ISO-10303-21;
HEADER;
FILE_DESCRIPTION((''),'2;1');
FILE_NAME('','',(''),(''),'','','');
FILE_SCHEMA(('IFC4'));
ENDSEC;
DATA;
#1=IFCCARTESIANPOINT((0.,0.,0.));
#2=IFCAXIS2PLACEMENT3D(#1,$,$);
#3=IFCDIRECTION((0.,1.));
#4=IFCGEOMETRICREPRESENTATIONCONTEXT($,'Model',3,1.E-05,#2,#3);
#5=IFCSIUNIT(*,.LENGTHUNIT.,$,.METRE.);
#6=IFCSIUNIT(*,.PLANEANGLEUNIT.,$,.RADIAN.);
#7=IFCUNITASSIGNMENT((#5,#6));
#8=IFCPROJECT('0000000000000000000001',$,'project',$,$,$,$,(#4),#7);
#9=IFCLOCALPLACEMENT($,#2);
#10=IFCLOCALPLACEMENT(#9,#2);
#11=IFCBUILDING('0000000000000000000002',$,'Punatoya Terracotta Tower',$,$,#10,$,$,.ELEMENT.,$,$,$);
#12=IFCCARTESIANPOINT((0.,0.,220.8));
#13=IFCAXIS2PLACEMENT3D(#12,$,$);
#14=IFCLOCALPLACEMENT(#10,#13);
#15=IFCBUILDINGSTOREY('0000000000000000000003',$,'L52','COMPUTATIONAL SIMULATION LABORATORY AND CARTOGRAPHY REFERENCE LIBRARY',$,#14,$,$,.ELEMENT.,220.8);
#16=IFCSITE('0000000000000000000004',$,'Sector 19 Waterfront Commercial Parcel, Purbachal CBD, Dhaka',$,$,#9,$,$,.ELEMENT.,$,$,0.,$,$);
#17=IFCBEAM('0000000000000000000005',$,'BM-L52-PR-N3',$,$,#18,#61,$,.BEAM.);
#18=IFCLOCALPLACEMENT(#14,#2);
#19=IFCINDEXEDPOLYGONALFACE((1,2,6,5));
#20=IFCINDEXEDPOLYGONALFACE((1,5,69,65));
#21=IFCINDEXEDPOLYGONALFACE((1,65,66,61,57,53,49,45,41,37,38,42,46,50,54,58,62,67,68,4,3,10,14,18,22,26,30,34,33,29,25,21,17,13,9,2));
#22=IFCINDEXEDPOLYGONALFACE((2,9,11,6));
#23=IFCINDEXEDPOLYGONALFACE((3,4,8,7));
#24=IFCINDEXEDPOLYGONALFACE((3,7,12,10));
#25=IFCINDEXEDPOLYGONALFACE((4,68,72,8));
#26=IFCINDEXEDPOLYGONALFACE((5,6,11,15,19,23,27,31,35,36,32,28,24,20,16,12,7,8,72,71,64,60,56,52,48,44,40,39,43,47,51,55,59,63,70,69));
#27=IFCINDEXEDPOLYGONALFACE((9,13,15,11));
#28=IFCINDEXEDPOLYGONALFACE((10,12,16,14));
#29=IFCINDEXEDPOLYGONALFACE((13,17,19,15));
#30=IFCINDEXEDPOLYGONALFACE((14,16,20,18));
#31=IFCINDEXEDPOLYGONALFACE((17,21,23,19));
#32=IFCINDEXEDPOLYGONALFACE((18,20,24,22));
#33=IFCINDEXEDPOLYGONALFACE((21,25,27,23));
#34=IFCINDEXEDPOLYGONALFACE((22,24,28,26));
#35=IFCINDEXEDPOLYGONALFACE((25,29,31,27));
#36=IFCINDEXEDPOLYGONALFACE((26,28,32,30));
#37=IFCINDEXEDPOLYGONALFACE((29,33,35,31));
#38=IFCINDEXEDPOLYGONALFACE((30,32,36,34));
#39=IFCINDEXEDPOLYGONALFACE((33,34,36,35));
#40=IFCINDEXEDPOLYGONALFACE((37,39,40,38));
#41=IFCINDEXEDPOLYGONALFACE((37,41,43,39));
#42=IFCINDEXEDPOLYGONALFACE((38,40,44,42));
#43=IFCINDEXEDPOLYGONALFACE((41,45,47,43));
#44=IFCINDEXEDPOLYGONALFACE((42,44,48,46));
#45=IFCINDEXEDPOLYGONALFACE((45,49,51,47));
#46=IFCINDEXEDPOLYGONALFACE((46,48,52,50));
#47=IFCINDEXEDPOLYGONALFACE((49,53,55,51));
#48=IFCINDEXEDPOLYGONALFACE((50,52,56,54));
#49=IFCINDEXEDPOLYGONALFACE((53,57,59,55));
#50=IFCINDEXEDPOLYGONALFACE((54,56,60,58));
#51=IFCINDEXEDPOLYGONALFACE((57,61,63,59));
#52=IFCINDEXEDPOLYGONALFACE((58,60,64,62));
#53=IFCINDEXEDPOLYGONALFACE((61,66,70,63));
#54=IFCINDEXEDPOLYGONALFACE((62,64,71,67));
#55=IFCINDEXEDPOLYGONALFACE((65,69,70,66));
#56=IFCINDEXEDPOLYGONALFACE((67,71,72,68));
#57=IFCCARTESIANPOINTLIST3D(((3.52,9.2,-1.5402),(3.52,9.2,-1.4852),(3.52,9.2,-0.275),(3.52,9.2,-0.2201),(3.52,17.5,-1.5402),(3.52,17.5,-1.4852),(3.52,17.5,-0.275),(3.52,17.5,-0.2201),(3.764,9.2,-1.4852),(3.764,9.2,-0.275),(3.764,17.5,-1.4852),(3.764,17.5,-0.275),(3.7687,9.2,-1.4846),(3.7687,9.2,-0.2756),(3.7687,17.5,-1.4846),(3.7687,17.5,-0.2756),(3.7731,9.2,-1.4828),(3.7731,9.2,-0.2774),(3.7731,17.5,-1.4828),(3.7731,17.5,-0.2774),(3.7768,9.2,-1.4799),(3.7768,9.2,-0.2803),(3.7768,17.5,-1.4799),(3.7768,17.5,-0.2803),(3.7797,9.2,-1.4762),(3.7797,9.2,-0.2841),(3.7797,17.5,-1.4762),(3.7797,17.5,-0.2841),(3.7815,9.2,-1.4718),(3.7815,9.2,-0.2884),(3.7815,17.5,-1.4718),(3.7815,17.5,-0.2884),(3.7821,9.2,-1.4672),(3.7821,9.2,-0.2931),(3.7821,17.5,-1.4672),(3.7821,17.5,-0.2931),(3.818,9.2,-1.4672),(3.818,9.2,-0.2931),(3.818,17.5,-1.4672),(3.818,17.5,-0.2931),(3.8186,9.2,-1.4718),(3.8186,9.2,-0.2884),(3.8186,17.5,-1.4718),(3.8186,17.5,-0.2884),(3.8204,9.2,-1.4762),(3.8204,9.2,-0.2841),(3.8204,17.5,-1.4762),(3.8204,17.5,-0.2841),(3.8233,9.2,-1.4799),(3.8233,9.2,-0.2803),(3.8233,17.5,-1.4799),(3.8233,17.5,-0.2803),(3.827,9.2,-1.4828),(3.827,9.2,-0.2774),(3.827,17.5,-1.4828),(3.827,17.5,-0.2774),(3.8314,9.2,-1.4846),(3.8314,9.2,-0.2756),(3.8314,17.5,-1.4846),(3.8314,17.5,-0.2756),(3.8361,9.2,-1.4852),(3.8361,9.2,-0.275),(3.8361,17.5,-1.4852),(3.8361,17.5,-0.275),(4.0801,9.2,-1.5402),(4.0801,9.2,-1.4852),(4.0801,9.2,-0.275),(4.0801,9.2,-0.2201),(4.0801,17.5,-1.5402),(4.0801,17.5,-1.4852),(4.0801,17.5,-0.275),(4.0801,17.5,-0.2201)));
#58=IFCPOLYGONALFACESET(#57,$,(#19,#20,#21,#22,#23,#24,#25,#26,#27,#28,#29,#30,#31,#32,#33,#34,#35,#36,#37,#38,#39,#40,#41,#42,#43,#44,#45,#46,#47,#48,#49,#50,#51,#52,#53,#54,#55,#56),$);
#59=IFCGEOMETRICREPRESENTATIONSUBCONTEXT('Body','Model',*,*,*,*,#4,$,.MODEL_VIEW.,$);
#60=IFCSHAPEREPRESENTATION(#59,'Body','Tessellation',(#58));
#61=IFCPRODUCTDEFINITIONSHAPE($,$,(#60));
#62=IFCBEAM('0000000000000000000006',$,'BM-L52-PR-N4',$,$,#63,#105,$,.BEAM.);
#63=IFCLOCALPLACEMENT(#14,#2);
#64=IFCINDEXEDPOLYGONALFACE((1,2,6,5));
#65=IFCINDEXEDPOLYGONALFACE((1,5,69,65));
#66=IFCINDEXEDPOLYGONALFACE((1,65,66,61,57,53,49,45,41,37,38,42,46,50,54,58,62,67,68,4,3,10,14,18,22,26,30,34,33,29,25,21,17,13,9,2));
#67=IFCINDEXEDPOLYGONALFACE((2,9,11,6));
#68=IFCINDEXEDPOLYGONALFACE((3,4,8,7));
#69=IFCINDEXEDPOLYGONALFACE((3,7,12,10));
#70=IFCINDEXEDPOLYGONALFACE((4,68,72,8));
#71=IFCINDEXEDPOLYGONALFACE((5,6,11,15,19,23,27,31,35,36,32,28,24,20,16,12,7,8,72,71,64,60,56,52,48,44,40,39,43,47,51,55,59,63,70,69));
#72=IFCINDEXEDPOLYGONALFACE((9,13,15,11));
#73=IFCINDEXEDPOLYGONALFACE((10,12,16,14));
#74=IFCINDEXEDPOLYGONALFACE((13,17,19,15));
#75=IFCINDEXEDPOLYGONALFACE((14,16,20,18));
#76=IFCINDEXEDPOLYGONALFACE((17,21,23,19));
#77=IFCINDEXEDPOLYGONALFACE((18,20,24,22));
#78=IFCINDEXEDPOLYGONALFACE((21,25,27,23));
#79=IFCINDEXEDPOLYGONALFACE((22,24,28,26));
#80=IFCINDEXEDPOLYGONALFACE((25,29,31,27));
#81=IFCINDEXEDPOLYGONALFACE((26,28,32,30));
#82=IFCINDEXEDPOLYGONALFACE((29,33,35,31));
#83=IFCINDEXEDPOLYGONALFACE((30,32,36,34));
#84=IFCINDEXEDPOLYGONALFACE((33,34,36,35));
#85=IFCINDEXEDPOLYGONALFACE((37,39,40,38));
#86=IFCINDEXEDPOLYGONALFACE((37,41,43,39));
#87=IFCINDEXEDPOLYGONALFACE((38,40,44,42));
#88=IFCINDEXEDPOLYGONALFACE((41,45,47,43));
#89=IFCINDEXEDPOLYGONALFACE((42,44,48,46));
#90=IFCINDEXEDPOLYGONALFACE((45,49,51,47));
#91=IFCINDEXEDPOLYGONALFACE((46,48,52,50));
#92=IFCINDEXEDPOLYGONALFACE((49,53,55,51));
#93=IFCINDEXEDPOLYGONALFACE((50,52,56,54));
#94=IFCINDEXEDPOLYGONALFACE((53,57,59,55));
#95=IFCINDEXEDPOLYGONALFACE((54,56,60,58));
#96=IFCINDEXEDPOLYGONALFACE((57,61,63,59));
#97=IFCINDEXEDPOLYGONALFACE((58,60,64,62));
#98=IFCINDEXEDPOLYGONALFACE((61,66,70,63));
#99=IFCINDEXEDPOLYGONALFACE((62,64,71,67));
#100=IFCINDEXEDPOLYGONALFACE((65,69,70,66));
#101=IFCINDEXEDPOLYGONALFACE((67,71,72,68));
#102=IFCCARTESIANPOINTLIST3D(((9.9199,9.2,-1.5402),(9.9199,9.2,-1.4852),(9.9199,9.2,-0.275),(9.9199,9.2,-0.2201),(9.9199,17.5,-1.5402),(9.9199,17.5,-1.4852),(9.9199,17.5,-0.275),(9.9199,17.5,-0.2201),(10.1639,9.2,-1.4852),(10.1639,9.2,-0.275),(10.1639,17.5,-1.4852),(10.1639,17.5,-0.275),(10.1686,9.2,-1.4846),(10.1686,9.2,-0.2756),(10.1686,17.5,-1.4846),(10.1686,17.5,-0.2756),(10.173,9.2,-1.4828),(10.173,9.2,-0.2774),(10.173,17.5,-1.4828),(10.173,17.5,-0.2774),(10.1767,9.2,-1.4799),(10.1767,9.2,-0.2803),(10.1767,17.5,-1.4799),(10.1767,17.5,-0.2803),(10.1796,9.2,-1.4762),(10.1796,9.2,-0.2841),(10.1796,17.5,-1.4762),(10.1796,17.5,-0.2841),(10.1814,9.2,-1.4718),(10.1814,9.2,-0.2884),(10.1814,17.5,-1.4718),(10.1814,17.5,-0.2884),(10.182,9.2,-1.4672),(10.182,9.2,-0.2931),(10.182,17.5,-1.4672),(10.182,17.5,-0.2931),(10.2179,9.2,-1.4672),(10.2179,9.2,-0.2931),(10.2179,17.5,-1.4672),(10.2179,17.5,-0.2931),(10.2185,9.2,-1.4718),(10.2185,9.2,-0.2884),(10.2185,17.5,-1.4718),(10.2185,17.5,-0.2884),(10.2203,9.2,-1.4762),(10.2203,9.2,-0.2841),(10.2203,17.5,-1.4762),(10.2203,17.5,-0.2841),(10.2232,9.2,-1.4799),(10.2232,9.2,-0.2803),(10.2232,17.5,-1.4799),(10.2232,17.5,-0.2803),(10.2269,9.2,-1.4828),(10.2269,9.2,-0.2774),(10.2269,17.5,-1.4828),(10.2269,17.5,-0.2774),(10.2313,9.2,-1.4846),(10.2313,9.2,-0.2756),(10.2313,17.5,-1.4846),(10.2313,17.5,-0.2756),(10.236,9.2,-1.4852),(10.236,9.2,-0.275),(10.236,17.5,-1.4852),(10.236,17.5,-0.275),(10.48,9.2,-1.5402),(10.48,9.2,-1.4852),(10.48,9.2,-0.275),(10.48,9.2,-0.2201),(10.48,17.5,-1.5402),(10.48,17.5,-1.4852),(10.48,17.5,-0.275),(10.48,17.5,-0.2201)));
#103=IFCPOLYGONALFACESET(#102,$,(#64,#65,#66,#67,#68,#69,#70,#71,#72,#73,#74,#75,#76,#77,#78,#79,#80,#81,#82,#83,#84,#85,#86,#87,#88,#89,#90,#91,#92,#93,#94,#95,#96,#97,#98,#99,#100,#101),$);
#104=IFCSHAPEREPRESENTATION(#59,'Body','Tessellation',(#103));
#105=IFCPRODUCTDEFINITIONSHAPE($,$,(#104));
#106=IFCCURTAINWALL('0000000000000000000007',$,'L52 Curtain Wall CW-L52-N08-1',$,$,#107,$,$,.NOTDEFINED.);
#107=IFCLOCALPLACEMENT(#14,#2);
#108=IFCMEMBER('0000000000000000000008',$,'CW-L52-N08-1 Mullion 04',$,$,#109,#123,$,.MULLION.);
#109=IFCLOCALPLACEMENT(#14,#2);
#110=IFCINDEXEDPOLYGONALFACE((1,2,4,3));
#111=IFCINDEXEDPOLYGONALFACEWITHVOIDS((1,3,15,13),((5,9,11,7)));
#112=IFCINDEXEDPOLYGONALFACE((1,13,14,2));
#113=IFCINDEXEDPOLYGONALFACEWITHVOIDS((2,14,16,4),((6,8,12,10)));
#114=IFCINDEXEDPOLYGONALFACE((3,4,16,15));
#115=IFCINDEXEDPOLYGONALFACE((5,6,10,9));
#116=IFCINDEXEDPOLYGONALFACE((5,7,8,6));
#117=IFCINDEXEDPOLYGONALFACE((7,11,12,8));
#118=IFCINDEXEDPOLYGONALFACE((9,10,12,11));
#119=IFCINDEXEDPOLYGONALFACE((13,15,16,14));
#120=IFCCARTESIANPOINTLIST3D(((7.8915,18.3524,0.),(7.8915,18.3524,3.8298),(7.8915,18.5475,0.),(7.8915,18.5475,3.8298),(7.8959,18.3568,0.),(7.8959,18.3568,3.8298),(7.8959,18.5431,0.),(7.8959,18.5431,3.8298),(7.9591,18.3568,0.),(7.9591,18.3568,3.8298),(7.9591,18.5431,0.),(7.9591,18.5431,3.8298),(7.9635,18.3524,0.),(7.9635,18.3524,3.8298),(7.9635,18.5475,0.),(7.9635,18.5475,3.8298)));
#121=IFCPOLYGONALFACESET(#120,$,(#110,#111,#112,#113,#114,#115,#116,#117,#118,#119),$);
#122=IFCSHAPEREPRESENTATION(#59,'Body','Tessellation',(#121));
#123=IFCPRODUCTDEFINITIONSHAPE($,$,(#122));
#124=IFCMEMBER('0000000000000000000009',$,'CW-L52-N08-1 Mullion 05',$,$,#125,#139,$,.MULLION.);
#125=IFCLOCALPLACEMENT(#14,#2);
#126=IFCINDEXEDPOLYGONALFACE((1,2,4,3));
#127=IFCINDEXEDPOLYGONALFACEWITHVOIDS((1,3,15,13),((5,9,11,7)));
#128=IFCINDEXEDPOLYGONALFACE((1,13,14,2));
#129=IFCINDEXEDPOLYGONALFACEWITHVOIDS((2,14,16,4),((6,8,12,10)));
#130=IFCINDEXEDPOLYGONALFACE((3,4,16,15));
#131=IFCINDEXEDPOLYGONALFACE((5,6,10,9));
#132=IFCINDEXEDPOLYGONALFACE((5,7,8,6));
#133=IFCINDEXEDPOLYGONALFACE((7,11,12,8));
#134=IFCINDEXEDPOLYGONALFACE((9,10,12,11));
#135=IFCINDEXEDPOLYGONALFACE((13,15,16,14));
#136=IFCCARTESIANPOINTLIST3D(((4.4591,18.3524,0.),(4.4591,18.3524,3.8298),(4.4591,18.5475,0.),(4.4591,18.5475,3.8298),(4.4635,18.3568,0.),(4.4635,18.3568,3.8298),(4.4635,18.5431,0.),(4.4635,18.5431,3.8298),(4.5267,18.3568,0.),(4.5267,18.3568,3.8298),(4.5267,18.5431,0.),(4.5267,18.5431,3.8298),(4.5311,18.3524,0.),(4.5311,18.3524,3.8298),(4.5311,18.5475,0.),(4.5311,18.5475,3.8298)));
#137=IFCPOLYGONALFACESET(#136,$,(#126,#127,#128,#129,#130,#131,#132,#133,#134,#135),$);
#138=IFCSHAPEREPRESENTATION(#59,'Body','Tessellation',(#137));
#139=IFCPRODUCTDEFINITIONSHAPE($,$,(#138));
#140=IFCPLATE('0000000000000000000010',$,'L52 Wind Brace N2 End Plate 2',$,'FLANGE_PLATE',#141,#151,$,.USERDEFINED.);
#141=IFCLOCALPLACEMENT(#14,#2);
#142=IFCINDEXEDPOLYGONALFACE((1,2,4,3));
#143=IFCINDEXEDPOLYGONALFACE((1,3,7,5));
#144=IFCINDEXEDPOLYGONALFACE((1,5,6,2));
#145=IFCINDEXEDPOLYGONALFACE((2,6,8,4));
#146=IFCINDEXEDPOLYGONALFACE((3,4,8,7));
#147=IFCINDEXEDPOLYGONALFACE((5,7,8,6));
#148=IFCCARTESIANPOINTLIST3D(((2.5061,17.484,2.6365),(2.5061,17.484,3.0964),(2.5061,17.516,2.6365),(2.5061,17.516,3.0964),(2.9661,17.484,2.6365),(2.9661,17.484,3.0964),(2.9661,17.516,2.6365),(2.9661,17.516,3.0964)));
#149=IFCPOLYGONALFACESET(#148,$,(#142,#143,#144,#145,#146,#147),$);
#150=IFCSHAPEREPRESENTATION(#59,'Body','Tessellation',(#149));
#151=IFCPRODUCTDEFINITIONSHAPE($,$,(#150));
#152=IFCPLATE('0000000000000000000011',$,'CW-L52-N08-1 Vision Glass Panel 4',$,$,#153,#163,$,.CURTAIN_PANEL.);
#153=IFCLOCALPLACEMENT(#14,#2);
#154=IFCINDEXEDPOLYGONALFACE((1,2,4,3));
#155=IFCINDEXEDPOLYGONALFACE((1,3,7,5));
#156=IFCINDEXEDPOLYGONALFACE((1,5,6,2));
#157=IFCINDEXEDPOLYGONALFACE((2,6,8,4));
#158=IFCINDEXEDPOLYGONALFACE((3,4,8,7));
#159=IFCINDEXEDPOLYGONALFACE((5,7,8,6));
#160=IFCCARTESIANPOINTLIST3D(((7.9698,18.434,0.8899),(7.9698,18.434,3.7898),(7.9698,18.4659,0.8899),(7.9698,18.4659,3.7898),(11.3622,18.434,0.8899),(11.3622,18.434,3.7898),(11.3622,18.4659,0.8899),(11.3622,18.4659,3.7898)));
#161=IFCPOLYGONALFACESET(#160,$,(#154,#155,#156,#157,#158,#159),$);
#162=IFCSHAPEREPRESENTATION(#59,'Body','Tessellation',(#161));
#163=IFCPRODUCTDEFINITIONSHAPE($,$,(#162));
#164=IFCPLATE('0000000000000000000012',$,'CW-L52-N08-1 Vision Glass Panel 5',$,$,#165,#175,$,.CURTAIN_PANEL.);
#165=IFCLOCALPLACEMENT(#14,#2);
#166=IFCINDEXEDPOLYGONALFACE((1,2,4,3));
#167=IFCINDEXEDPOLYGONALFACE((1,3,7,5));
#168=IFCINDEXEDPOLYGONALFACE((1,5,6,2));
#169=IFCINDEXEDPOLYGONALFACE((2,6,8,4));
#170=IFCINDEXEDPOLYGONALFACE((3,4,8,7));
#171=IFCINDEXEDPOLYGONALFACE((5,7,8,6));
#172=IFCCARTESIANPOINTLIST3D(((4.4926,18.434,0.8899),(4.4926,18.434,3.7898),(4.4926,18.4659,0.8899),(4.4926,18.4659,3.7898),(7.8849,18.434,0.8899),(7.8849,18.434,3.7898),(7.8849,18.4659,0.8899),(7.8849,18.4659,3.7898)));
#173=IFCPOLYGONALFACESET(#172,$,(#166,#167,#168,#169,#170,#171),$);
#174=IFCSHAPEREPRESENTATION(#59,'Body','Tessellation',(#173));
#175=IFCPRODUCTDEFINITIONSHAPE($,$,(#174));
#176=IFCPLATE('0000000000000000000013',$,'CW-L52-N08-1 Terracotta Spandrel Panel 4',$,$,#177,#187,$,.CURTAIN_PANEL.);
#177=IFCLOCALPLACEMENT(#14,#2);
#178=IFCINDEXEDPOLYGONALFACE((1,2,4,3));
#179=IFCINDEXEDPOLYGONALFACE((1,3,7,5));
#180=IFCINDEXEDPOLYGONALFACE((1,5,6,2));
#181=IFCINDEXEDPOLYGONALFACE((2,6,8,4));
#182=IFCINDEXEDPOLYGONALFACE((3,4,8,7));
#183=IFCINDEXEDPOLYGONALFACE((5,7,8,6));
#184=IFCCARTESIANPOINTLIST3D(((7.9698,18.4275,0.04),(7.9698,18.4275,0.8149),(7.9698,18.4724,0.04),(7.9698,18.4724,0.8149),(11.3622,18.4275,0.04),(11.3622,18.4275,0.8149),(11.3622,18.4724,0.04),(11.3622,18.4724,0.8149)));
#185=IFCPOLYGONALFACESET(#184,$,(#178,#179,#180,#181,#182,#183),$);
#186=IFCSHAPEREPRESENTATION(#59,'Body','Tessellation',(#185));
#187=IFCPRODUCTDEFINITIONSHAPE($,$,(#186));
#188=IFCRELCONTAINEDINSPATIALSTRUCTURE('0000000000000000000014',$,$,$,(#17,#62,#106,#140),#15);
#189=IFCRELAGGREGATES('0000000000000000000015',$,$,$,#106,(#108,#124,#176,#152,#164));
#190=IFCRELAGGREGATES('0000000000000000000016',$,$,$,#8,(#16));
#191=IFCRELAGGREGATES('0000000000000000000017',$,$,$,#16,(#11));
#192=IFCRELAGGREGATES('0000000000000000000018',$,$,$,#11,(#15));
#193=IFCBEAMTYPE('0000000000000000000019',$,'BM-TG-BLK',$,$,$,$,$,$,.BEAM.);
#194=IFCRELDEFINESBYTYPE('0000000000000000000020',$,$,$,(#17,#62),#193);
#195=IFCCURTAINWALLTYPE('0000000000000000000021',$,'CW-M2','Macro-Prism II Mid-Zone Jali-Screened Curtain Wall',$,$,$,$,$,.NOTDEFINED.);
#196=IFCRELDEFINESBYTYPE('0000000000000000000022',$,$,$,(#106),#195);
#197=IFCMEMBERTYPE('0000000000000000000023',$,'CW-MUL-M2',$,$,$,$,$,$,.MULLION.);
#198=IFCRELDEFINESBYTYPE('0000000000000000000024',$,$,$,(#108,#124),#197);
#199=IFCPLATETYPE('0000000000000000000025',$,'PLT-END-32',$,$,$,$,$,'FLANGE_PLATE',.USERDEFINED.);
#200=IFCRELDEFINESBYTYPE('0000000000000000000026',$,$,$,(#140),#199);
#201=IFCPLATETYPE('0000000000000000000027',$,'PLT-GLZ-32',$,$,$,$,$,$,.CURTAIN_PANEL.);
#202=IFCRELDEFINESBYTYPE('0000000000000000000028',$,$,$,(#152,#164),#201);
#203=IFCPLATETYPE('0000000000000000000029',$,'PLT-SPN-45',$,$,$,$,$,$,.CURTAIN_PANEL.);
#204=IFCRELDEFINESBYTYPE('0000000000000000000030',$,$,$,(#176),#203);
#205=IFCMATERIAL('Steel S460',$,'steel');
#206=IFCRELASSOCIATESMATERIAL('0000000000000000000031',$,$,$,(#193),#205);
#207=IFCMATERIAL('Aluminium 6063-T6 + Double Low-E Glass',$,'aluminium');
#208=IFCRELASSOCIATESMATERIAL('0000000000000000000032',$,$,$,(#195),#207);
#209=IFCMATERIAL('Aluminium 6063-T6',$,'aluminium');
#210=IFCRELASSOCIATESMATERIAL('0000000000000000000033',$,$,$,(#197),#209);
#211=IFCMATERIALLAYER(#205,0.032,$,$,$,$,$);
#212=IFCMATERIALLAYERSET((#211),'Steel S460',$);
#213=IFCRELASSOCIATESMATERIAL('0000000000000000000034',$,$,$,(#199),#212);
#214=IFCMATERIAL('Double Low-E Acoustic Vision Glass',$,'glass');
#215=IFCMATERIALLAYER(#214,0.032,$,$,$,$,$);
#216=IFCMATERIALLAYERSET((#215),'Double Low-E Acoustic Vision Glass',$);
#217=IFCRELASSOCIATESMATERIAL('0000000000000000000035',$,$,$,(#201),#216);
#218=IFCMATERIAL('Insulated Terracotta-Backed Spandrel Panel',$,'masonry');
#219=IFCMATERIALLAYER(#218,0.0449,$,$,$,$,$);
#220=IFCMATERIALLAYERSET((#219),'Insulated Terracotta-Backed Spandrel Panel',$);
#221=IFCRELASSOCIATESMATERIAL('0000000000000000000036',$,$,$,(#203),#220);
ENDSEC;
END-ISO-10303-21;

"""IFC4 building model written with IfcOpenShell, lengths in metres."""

from ifc_helpers import new_model, si_unit, direction, frame, origin, origin_2d, place, context, subcontext, project, spatial, rectangle, hollow_rectangle, i_section, extrude, material, layer, layer_set, material_profile, profile_set, type_object, element, aggregate, save


model = new_model("IFC4")

# Units and contexts
model_context = context("Model", 3, precision=1e-05, world=origin(), true_north=direction((0.0, 1.0)))
body_context = subcontext(model_context, "Body", "Model", "MODEL_VIEW")
ifc_project = project(units=[si_unit("LENGTHUNIT", "METRE"), si_unit("PLANEANGLEUNIT", "RADIAN")], contexts=[model_context])

# Site, building, storey
site_placement = place(None, origin())
site = spatial("IfcSite", under=ifc_project, at=site_placement, Name="Sector 19 Waterfront Commercial Parcel, Purbachal CBD, Dhaka", CompositionType="ELEMENT", RefElevation=0.0)
building_placement = place(site_placement, origin())
building = spatial("IfcBuilding", under=site, at=building_placement, Name="Punatoya Terracotta Tower", CompositionType="ELEMENT")
storey_placement = place(building_placement, frame((0.0, 0.0, 220.8)))
storey = spatial("IfcBuildingStorey", under=building, at=storey_placement, Name="L52", Description="COMPUTATIONAL SIMULATION LABORATORY AND CARTOGRAPHY REFERENCE LIBRARY", CompositionType="ELEMENT", Elevation=220.8)

# Shared definitions
ifc_material_1 = material(Name="Steel S460", Category="steel")

# Beams
ifc_material_profile_1 = material_profile(ifc_material_1, i_section(OverallWidth=0.5601, OverallDepth=1.3201, WebThickness=0.0359, FlangeThickness=0.0549, FilletRadius=0.0181, at=origin_2d()))
ifc_profile_set_1 = profile_set([ifc_material_profile_1], Name="Steel S460")
beam_type_1 = type_object("IfcBeamType", Name="BM-TG-BLK", PredefinedType="BEAM", material=ifc_profile_set_1)
for number, where, z_axis, x_axis, name in (
    (1, (3.8, 9.2, -0.8801), (0.0, 1.0, 0.0), (-1.0, 0.0, 0.0), "BM-L52-PR-N3"),
    (2, (10.2, 9.2, -0.8801), (0.0, 1.0, 0.0), (-1.0, 0.0, 0.0), "BM-L52-PR-N4"),
):
    element("IfcBeam", number, at=place(storey_placement, frame(where, z_axis=z_axis, x_axis=x_axis)), inside=storey, type_object=beam_type_1, Name=name, PredefinedType="BEAM", context=body_context, shape_type="SweptSolid", body=[
        extrude(i_section(OverallWidth=0.5601, OverallDepth=1.3201, WebThickness=0.0359, FlangeThickness=0.0549, FilletRadius=0.0181, at=origin_2d()), origin(), (0.0, 0.0, 1.0), 8.3),
    ])

# Curtain wall, members
ifc_material_2 = material(Name="Aluminium 6063-T6 + Double Low-E Glass", Category="aluminium")
curtain_wall_type = type_object("IfcCurtainWallType", Name="CW-M2", Description="Macro-Prism II Mid-Zone Jali-Screened Curtain Wall", PredefinedType="NOTDEFINED", material=ifc_material_2)
curtain_wall_placement = place(storey_placement, origin())
curtain_wall = element("IfcCurtainWall", 3, at=curtain_wall_placement, inside=storey, type_object=curtain_wall_type, Name="L52 Curtain Wall CW-L52-N08-1", PredefinedType="NOTDEFINED")
ifc_material_3 = material(Name="Aluminium 6063-T6", Category="aluminium")
ifc_material_profile_2 = material_profile(ifc_material_3, hollow_rectangle(XDim=0.072, YDim=0.1951, WallThickness=0.0044, at=origin_2d()))
ifc_profile_set_2 = profile_set([ifc_material_profile_2], Name="Aluminium 6063-T6")
member_type = type_object("IfcMemberType", Name="CW-MUL-M2", PredefinedType="MULLION", material=ifc_profile_set_2)
member_1_placement = place(storey_placement, frame((7.9275, 18.45, 0.0), z_axis=(0.0, 0.0, 1.0), x_axis=(1.0, 0.0, 0.0)))
member_1 = element("IfcMember", 4, at=member_1_placement, type_object=member_type, Name="CW-L52-N08-1 Mullion 04", PredefinedType="MULLION", context=body_context, shape_type="SweptSolid", body=[
    extrude(hollow_rectangle(XDim=0.072, YDim=0.1951, WallThickness=0.0044, at=origin_2d()), origin(), (0.0, 0.0, 1.0), 3.8298),
])
member_2_placement = place(storey_placement, frame((4.4951, 18.45, 0.0), z_axis=(0.0, 0.0, 1.0), x_axis=(1.0, 0.0, 0.0)))
member_2 = element("IfcMember", 5, at=member_2_placement, type_object=member_type, Name="CW-L52-N08-1 Mullion 05", PredefinedType="MULLION", context=body_context, shape_type="SweptSolid", body=[
    extrude(hollow_rectangle(XDim=0.072, YDim=0.1951, WallThickness=0.0044, at=origin_2d()), origin(), (0.0, 0.0, 1.0), 3.8298),
])

# Plates
ifc_layer_1 = layer(ifc_material_1, 0.032)
ifc_layer_set_1 = layer_set([ifc_layer_1], Name="Steel S460")
plate_type_1 = type_object("IfcPlateType", Name="PLT-END-32", ElementType="FLANGE_PLATE", PredefinedType="USERDEFINED", material=ifc_layer_set_1)
plate_1_placement = place(storey_placement, frame((2.7361, 17.5, 2.6365), z_axis=(0.0, 0.0, 1.0), x_axis=(1.0, 0.0, 0.0)))
element("IfcPlate", 6, at=plate_1_placement, inside=storey, type_object=plate_type_1, Name="L52 Wind Brace N2 End Plate 2", ObjectType="FLANGE_PLATE", PredefinedType="USERDEFINED", context=body_context, shape_type="SweptSolid", body=[
    extrude(rectangle(XDim=0.46, YDim=0.032, at=origin_2d()), origin(), (0.0, 0.0, 1.0), 0.46),
])
ifc_material_4 = material(Name="Double Low-E Acoustic Vision Glass", Category="glass")
ifc_layer_2 = layer(ifc_material_4, 0.032)
ifc_layer_set_2 = layer_set([ifc_layer_2], Name="Double Low-E Acoustic Vision Glass")
plate_type_2 = type_object("IfcPlateType", Name="PLT-GLZ-32", PredefinedType="CURTAIN_PANEL", material=ifc_layer_set_2)
plate_2_placement = place(storey_placement, frame((9.666, 18.45, 0.8899), z_axis=(0.0, 0.0, 1.0), x_axis=(-1.0, 0.0, 0.0)))
plate_2 = element("IfcPlate", 7, at=plate_2_placement, type_object=plate_type_2, Name="CW-L52-N08-1 Vision Glass Panel 4", PredefinedType="CURTAIN_PANEL", context=body_context, shape_type="SweptSolid", body=[
    extrude(rectangle(XDim=3.3923, YDim=0.032, at=origin_2d()), origin(), (0.0, 0.0, 1.0), 2.8999),
])
plate_3_placement = place(storey_placement, frame((6.1887, 18.45, 0.8899), z_axis=(0.0, 0.0, 1.0), x_axis=(-1.0, 0.0, 0.0)))
plate_3 = element("IfcPlate", 8, at=plate_3_placement, type_object=plate_type_2, Name="CW-L52-N08-1 Vision Glass Panel 5", PredefinedType="CURTAIN_PANEL", context=body_context, shape_type="SweptSolid", body=[
    extrude(rectangle(XDim=3.3923, YDim=0.032, at=origin_2d()), origin(), (0.0, 0.0, 1.0), 2.8999),
])
ifc_material_5 = material(Name="Insulated Terracotta-Backed Spandrel Panel", Category="masonry")
ifc_layer_3 = layer(ifc_material_5, 0.0449)
ifc_layer_set_3 = layer_set([ifc_layer_3], Name="Insulated Terracotta-Backed Spandrel Panel")
plate_type_3 = type_object("IfcPlateType", Name="PLT-SPN-45", PredefinedType="CURTAIN_PANEL", material=ifc_layer_set_3)
plate_4_placement = place(storey_placement, frame((9.666, 18.45, 0.04), z_axis=(0.0, 0.0, 1.0), x_axis=(-1.0, 0.0, 0.0)))
plate_4 = element("IfcPlate", 9, at=plate_4_placement, type_object=plate_type_3, Name="CW-L52-N08-1 Terracotta Spandrel Panel 4", PredefinedType="CURTAIN_PANEL", context=body_context, shape_type="SweptSolid", body=[
    extrude(rectangle(XDim=3.3923, YDim=0.0449, at=origin_2d()), origin(), (0.0, 0.0, 1.0), 0.7749),
])
aggregate(curtain_wall, [member_1, member_2, plate_4, plate_2, plate_3])

save(model, "model.ifc")
